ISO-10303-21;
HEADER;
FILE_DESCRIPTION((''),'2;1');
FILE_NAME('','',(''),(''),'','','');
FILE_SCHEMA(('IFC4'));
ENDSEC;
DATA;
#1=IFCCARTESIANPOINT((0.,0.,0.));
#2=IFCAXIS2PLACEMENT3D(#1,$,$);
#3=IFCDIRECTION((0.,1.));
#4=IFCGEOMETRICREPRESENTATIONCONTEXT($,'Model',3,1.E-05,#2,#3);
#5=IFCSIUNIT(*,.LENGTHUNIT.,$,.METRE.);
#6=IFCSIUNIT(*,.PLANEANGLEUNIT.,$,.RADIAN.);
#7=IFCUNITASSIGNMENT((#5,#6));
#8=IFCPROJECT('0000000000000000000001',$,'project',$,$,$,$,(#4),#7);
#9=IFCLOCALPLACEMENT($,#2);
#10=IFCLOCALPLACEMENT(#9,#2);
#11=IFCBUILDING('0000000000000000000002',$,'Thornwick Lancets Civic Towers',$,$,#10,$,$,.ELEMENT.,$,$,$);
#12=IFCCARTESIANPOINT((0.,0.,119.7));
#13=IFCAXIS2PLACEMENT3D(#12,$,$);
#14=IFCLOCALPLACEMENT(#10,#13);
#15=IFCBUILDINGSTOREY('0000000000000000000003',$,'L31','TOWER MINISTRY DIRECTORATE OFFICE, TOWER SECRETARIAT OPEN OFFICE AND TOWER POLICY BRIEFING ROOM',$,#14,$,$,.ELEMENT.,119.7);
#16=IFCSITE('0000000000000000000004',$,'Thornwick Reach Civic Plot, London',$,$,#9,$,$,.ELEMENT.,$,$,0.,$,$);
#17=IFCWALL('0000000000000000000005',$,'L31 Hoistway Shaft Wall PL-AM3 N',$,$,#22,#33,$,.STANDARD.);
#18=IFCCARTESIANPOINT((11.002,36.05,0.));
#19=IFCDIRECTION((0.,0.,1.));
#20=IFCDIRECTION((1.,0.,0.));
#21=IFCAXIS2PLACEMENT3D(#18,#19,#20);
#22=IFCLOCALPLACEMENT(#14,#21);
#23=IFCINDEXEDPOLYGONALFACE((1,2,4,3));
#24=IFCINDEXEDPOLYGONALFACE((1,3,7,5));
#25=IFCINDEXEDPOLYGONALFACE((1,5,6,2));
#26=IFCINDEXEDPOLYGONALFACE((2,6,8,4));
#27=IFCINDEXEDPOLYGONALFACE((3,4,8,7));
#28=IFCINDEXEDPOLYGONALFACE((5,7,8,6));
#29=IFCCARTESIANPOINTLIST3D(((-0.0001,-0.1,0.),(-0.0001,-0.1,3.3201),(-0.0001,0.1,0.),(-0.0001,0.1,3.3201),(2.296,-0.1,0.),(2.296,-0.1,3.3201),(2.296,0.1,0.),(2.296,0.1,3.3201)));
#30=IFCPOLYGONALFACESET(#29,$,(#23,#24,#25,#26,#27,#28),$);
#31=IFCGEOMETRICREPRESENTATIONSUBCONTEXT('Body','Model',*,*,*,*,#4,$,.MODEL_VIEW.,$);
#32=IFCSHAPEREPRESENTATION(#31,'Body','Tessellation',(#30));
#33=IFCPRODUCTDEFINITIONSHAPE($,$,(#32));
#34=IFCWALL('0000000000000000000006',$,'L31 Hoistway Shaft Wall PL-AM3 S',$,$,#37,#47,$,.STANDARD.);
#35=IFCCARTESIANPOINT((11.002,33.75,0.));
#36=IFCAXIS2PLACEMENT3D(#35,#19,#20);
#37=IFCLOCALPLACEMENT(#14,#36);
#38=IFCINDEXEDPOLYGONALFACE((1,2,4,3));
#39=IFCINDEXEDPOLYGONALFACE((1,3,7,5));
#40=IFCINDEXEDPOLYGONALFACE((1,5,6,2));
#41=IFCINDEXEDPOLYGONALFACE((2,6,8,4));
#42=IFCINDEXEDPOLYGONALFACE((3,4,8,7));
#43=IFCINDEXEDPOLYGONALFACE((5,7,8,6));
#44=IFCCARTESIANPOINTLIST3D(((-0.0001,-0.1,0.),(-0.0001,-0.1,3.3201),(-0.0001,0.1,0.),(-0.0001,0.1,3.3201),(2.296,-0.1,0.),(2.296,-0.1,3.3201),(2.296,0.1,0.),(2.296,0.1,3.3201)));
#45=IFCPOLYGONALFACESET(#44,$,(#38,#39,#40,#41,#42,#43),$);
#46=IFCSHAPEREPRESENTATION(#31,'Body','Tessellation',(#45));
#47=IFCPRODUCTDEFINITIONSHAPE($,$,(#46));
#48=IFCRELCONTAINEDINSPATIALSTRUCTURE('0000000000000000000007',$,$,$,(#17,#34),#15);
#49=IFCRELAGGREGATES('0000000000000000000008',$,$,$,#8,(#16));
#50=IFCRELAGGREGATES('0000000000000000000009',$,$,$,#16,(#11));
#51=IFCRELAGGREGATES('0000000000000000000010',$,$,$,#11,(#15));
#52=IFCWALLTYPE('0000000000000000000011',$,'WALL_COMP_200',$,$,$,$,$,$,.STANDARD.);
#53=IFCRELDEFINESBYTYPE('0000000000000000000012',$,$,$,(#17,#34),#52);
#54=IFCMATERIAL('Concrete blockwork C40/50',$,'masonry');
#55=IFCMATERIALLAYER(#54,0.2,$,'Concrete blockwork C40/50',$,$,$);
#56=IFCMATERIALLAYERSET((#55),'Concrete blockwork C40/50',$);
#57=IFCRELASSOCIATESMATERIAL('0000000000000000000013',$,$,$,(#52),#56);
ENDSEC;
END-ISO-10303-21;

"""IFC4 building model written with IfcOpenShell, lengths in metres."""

from ifc_helpers import new_model, si_unit, direction, frame, frame_2d, origin, place, context, subcontext, project, spatial, rectangle, extrude, material, layer, layer_set, type_object, element, save


model = new_model("IFC4")

# Units and contexts
model_context = context("Model", 3, precision=1e-05, world=origin(), true_north=direction((0.0, 1.0)))
body_context = subcontext(model_context, "Body", "Model", "MODEL_VIEW")
ifc_project = project(units=[si_unit("LENGTHUNIT", "METRE"), si_unit("PLANEANGLEUNIT", "RADIAN")], contexts=[model_context])

# Site, building, storey
site_placement = place(None, origin())
site = spatial("IfcSite", under=ifc_project, at=site_placement, Name="Thornwick Reach Civic Plot, London", CompositionType="ELEMENT", RefElevation=0.0)
building_placement = place(site_placement, origin())
building = spatial("IfcBuilding", under=site, at=building_placement, Name="Thornwick Lancets Civic Towers", CompositionType="ELEMENT")
storey_placement = place(building_placement, frame((0.0, 0.0, 119.7)))
storey = spatial("IfcBuildingStorey", under=building, at=storey_placement, Name="L31", Description="TOWER MINISTRY DIRECTORATE OFFICE, TOWER SECRETARIAT OPEN OFFICE AND TOWER POLICY BRIEFING ROOM", CompositionType="ELEMENT", Elevation=119.7)

# Shared definitions
ifc_material_1 = material(Name="Concrete blockwork C40/50", Category="masonry")
ifc_layer_1 = layer(ifc_material_1, 0.2, Name="Concrete blockwork C40/50")
ifc_layer_set_1 = layer_set([ifc_layer_1], Name="Concrete blockwork C40/50")
wall_type_1 = type_object("IfcWallType", Name="WALL_COMP_200", PredefinedType="STANDARD", material=ifc_layer_set_1)

# Walls
for number, where, z_axis, x_axis, name in (
    (1, (11.002, 36.05, 0.0), (0.0, 0.0, 1.0), (1.0, 0.0, 0.0), "L31 Hoistway Shaft Wall PL-AM3 N"),
    (2, (11.002, 33.75, 0.0), (0.0, 0.0, 1.0), (1.0, 0.0, 0.0), "L31 Hoistway Shaft Wall PL-AM3 S"),
):
    element("IfcWall", number, at=place(storey_placement, frame(where, z_axis=z_axis, x_axis=x_axis)), inside=storey, type_object=wall_type_1, Name=name, PredefinedType="STANDARD", context=body_context, shape_type="SweptSolid", body=[
        extrude(rectangle(XDim=2.2961, YDim=0.2, at=frame_2d((1.1479, 0.0))), origin(), (0.0, 0.0, 1.0), 3.3201),
    ])

save(model, "model.ifc")
